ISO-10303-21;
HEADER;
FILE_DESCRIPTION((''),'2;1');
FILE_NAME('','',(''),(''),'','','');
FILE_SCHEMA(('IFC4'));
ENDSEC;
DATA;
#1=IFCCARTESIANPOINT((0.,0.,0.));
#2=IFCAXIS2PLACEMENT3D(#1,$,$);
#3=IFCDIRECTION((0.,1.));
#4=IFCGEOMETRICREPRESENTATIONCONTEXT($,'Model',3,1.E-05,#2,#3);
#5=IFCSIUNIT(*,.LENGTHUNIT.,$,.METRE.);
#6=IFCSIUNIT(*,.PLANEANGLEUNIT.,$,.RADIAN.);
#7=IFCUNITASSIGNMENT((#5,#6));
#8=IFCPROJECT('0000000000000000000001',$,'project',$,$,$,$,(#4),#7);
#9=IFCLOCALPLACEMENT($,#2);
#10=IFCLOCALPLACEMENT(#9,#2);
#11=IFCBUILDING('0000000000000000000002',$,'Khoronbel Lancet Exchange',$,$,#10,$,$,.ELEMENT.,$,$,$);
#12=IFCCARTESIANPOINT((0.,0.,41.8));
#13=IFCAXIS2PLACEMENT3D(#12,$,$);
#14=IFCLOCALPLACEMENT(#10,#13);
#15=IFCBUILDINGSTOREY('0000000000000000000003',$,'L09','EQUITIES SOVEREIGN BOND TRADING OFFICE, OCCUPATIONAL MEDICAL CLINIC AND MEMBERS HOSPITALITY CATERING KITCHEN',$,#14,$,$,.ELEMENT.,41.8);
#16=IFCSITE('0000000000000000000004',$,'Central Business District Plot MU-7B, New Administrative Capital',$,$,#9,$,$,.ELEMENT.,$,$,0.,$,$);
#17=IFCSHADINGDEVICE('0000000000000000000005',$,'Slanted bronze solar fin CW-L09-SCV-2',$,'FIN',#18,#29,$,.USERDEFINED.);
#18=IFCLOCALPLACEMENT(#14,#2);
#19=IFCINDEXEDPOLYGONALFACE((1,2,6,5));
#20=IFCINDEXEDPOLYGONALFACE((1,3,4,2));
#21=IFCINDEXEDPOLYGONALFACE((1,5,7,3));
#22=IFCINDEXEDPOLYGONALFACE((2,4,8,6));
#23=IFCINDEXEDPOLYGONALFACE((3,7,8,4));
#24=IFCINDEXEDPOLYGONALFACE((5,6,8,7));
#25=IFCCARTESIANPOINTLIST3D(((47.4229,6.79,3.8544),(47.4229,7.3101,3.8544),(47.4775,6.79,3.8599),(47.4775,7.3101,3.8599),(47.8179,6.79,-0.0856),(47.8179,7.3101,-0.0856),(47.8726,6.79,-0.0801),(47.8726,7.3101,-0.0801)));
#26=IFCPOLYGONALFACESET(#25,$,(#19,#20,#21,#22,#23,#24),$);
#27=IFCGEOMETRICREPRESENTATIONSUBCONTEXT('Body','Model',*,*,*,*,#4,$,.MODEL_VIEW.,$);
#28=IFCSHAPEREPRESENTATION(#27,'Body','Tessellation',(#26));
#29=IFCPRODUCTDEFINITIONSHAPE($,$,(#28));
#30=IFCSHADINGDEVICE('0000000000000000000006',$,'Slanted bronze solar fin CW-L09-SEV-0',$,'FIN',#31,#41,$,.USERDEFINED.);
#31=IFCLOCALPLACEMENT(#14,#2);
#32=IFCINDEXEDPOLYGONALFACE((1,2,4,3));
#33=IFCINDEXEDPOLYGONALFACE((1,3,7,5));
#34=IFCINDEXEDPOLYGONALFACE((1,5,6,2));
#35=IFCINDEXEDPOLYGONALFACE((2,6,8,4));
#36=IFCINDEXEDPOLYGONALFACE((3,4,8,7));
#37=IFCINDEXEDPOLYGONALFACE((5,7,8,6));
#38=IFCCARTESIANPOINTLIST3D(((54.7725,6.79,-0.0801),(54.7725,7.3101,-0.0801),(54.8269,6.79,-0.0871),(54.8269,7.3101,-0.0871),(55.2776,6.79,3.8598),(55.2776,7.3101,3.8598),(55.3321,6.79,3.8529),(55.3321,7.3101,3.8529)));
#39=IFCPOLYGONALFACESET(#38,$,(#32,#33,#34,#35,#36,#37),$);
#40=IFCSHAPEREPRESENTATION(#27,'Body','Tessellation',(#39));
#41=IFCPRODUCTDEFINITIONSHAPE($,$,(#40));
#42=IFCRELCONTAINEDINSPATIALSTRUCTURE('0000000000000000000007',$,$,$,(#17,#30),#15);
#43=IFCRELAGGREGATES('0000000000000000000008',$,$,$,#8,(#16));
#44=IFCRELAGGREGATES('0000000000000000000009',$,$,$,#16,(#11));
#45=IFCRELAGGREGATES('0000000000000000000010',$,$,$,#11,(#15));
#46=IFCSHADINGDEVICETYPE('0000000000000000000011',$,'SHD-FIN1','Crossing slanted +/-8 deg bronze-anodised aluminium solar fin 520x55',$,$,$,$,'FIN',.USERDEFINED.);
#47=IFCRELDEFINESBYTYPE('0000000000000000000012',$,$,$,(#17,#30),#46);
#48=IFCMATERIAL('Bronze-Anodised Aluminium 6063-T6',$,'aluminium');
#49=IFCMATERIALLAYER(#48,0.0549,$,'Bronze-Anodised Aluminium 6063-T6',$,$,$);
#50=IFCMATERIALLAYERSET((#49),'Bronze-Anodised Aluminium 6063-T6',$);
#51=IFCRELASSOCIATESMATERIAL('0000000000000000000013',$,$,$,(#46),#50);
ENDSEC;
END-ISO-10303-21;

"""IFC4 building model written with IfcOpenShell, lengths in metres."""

from ifc_helpers import new_model, si_unit, direction, frame, origin, place, context, subcontext, project, spatial, polyline, outline, extrude, material, layer, layer_set, type_object, element, save


model = new_model("IFC4")

# Units and contexts
model_context = context("Model", 3, precision=1e-05, world=origin(), true_north=direction((0.0, 1.0)))
body_context = subcontext(model_context, "Body", "Model", "MODEL_VIEW")
ifc_project = project(units=[si_unit("LENGTHUNIT", "METRE"), si_unit("PLANEANGLEUNIT", "RADIAN")], contexts=[model_context])

# Site, building, storey
site_placement = place(None, origin())
site = spatial("IfcSite", under=ifc_project, at=site_placement, Name="Central Business District Plot MU-7B, New Administrative Capital", CompositionType="ELEMENT", RefElevation=0.0)
building_placement = place(site_placement, origin())
building = spatial("IfcBuilding", under=site, at=building_placement, Name="Khoronbel Lancet Exchange", CompositionType="ELEMENT")
storey_placement = place(building_placement, frame((0.0, 0.0, 41.8)))
storey = spatial("IfcBuildingStorey", under=building, at=storey_placement, Name="L09", Description="EQUITIES SOVEREIGN BOND TRADING OFFICE, OCCUPATIONAL MEDICAL CLINIC AND MEMBERS HOSPITALITY CATERING KITCHEN", CompositionType="ELEMENT", Elevation=41.8)

# Shared definitions
ifc_material_1 = material(Name="Bronze-Anodised Aluminium 6063-T6", Category="aluminium")

# Shading devices
ifc_layer_1 = layer(ifc_material_1, 0.0549, Name="Bronze-Anodised Aluminium 6063-T6")
ifc_layer_set_1 = layer_set([ifc_layer_1], Name="Bronze-Anodised Aluminium 6063-T6")
shading_device_type = type_object("IfcShadingDeviceType", Name="SHD-FIN1", Description="Crossing slanted +/-8 deg bronze-anodised aluminium solar fin 520x55", ElementType="FIN", PredefinedType="USERDEFINED", material=ifc_layer_set_1)
shading_device_1_placement = place(storey_placement, frame((47.8726, 7.3101, -0.0801), z_axis=(0.995012, 0.0, 0.09976), x_axis=(0.0, -1.0, 0.0)))
element("IfcShadingDevice", 1, at=shading_device_1_placement, inside=storey, type_object=shading_device_type, Name="Slanted bronze solar fin CW-L09-SCV-2", ObjectType="FIN", PredefinedType="USERDEFINED", context=body_context, shape_type="SweptSolid", body=[
    extrude(outline(polyline([(0.0, 0.0), (0.52, 0.0), (0.52, -3.9597), (0.0, -3.9597), (0.0, 0.0)])), origin(), (0.0, 0.0, -1.0), 0.0549),
])
shading_device_2_placement = place(storey_placement, frame((54.7725, 7.3101, -0.0801), z_axis=(-0.991881, 0.0, 0.127166), x_axis=(0.0, -1.0, 0.0)))
element("IfcShadingDevice", 2, at=shading_device_2_placement, inside=storey, type_object=shading_device_type, Name="Slanted bronze solar fin CW-L09-SEV-0", ObjectType="FIN", PredefinedType="USERDEFINED", context=body_context, shape_type="SweptSolid", body=[
    extrude(outline(polyline([(0.0, 0.0), (0.52, 0.0), (0.52, 3.9722), (0.0, 3.9722), (0.0, 0.0)])), origin(), (0.0, 0.0, -1.0), 0.0549),
])

save(model, "model.ifc")
